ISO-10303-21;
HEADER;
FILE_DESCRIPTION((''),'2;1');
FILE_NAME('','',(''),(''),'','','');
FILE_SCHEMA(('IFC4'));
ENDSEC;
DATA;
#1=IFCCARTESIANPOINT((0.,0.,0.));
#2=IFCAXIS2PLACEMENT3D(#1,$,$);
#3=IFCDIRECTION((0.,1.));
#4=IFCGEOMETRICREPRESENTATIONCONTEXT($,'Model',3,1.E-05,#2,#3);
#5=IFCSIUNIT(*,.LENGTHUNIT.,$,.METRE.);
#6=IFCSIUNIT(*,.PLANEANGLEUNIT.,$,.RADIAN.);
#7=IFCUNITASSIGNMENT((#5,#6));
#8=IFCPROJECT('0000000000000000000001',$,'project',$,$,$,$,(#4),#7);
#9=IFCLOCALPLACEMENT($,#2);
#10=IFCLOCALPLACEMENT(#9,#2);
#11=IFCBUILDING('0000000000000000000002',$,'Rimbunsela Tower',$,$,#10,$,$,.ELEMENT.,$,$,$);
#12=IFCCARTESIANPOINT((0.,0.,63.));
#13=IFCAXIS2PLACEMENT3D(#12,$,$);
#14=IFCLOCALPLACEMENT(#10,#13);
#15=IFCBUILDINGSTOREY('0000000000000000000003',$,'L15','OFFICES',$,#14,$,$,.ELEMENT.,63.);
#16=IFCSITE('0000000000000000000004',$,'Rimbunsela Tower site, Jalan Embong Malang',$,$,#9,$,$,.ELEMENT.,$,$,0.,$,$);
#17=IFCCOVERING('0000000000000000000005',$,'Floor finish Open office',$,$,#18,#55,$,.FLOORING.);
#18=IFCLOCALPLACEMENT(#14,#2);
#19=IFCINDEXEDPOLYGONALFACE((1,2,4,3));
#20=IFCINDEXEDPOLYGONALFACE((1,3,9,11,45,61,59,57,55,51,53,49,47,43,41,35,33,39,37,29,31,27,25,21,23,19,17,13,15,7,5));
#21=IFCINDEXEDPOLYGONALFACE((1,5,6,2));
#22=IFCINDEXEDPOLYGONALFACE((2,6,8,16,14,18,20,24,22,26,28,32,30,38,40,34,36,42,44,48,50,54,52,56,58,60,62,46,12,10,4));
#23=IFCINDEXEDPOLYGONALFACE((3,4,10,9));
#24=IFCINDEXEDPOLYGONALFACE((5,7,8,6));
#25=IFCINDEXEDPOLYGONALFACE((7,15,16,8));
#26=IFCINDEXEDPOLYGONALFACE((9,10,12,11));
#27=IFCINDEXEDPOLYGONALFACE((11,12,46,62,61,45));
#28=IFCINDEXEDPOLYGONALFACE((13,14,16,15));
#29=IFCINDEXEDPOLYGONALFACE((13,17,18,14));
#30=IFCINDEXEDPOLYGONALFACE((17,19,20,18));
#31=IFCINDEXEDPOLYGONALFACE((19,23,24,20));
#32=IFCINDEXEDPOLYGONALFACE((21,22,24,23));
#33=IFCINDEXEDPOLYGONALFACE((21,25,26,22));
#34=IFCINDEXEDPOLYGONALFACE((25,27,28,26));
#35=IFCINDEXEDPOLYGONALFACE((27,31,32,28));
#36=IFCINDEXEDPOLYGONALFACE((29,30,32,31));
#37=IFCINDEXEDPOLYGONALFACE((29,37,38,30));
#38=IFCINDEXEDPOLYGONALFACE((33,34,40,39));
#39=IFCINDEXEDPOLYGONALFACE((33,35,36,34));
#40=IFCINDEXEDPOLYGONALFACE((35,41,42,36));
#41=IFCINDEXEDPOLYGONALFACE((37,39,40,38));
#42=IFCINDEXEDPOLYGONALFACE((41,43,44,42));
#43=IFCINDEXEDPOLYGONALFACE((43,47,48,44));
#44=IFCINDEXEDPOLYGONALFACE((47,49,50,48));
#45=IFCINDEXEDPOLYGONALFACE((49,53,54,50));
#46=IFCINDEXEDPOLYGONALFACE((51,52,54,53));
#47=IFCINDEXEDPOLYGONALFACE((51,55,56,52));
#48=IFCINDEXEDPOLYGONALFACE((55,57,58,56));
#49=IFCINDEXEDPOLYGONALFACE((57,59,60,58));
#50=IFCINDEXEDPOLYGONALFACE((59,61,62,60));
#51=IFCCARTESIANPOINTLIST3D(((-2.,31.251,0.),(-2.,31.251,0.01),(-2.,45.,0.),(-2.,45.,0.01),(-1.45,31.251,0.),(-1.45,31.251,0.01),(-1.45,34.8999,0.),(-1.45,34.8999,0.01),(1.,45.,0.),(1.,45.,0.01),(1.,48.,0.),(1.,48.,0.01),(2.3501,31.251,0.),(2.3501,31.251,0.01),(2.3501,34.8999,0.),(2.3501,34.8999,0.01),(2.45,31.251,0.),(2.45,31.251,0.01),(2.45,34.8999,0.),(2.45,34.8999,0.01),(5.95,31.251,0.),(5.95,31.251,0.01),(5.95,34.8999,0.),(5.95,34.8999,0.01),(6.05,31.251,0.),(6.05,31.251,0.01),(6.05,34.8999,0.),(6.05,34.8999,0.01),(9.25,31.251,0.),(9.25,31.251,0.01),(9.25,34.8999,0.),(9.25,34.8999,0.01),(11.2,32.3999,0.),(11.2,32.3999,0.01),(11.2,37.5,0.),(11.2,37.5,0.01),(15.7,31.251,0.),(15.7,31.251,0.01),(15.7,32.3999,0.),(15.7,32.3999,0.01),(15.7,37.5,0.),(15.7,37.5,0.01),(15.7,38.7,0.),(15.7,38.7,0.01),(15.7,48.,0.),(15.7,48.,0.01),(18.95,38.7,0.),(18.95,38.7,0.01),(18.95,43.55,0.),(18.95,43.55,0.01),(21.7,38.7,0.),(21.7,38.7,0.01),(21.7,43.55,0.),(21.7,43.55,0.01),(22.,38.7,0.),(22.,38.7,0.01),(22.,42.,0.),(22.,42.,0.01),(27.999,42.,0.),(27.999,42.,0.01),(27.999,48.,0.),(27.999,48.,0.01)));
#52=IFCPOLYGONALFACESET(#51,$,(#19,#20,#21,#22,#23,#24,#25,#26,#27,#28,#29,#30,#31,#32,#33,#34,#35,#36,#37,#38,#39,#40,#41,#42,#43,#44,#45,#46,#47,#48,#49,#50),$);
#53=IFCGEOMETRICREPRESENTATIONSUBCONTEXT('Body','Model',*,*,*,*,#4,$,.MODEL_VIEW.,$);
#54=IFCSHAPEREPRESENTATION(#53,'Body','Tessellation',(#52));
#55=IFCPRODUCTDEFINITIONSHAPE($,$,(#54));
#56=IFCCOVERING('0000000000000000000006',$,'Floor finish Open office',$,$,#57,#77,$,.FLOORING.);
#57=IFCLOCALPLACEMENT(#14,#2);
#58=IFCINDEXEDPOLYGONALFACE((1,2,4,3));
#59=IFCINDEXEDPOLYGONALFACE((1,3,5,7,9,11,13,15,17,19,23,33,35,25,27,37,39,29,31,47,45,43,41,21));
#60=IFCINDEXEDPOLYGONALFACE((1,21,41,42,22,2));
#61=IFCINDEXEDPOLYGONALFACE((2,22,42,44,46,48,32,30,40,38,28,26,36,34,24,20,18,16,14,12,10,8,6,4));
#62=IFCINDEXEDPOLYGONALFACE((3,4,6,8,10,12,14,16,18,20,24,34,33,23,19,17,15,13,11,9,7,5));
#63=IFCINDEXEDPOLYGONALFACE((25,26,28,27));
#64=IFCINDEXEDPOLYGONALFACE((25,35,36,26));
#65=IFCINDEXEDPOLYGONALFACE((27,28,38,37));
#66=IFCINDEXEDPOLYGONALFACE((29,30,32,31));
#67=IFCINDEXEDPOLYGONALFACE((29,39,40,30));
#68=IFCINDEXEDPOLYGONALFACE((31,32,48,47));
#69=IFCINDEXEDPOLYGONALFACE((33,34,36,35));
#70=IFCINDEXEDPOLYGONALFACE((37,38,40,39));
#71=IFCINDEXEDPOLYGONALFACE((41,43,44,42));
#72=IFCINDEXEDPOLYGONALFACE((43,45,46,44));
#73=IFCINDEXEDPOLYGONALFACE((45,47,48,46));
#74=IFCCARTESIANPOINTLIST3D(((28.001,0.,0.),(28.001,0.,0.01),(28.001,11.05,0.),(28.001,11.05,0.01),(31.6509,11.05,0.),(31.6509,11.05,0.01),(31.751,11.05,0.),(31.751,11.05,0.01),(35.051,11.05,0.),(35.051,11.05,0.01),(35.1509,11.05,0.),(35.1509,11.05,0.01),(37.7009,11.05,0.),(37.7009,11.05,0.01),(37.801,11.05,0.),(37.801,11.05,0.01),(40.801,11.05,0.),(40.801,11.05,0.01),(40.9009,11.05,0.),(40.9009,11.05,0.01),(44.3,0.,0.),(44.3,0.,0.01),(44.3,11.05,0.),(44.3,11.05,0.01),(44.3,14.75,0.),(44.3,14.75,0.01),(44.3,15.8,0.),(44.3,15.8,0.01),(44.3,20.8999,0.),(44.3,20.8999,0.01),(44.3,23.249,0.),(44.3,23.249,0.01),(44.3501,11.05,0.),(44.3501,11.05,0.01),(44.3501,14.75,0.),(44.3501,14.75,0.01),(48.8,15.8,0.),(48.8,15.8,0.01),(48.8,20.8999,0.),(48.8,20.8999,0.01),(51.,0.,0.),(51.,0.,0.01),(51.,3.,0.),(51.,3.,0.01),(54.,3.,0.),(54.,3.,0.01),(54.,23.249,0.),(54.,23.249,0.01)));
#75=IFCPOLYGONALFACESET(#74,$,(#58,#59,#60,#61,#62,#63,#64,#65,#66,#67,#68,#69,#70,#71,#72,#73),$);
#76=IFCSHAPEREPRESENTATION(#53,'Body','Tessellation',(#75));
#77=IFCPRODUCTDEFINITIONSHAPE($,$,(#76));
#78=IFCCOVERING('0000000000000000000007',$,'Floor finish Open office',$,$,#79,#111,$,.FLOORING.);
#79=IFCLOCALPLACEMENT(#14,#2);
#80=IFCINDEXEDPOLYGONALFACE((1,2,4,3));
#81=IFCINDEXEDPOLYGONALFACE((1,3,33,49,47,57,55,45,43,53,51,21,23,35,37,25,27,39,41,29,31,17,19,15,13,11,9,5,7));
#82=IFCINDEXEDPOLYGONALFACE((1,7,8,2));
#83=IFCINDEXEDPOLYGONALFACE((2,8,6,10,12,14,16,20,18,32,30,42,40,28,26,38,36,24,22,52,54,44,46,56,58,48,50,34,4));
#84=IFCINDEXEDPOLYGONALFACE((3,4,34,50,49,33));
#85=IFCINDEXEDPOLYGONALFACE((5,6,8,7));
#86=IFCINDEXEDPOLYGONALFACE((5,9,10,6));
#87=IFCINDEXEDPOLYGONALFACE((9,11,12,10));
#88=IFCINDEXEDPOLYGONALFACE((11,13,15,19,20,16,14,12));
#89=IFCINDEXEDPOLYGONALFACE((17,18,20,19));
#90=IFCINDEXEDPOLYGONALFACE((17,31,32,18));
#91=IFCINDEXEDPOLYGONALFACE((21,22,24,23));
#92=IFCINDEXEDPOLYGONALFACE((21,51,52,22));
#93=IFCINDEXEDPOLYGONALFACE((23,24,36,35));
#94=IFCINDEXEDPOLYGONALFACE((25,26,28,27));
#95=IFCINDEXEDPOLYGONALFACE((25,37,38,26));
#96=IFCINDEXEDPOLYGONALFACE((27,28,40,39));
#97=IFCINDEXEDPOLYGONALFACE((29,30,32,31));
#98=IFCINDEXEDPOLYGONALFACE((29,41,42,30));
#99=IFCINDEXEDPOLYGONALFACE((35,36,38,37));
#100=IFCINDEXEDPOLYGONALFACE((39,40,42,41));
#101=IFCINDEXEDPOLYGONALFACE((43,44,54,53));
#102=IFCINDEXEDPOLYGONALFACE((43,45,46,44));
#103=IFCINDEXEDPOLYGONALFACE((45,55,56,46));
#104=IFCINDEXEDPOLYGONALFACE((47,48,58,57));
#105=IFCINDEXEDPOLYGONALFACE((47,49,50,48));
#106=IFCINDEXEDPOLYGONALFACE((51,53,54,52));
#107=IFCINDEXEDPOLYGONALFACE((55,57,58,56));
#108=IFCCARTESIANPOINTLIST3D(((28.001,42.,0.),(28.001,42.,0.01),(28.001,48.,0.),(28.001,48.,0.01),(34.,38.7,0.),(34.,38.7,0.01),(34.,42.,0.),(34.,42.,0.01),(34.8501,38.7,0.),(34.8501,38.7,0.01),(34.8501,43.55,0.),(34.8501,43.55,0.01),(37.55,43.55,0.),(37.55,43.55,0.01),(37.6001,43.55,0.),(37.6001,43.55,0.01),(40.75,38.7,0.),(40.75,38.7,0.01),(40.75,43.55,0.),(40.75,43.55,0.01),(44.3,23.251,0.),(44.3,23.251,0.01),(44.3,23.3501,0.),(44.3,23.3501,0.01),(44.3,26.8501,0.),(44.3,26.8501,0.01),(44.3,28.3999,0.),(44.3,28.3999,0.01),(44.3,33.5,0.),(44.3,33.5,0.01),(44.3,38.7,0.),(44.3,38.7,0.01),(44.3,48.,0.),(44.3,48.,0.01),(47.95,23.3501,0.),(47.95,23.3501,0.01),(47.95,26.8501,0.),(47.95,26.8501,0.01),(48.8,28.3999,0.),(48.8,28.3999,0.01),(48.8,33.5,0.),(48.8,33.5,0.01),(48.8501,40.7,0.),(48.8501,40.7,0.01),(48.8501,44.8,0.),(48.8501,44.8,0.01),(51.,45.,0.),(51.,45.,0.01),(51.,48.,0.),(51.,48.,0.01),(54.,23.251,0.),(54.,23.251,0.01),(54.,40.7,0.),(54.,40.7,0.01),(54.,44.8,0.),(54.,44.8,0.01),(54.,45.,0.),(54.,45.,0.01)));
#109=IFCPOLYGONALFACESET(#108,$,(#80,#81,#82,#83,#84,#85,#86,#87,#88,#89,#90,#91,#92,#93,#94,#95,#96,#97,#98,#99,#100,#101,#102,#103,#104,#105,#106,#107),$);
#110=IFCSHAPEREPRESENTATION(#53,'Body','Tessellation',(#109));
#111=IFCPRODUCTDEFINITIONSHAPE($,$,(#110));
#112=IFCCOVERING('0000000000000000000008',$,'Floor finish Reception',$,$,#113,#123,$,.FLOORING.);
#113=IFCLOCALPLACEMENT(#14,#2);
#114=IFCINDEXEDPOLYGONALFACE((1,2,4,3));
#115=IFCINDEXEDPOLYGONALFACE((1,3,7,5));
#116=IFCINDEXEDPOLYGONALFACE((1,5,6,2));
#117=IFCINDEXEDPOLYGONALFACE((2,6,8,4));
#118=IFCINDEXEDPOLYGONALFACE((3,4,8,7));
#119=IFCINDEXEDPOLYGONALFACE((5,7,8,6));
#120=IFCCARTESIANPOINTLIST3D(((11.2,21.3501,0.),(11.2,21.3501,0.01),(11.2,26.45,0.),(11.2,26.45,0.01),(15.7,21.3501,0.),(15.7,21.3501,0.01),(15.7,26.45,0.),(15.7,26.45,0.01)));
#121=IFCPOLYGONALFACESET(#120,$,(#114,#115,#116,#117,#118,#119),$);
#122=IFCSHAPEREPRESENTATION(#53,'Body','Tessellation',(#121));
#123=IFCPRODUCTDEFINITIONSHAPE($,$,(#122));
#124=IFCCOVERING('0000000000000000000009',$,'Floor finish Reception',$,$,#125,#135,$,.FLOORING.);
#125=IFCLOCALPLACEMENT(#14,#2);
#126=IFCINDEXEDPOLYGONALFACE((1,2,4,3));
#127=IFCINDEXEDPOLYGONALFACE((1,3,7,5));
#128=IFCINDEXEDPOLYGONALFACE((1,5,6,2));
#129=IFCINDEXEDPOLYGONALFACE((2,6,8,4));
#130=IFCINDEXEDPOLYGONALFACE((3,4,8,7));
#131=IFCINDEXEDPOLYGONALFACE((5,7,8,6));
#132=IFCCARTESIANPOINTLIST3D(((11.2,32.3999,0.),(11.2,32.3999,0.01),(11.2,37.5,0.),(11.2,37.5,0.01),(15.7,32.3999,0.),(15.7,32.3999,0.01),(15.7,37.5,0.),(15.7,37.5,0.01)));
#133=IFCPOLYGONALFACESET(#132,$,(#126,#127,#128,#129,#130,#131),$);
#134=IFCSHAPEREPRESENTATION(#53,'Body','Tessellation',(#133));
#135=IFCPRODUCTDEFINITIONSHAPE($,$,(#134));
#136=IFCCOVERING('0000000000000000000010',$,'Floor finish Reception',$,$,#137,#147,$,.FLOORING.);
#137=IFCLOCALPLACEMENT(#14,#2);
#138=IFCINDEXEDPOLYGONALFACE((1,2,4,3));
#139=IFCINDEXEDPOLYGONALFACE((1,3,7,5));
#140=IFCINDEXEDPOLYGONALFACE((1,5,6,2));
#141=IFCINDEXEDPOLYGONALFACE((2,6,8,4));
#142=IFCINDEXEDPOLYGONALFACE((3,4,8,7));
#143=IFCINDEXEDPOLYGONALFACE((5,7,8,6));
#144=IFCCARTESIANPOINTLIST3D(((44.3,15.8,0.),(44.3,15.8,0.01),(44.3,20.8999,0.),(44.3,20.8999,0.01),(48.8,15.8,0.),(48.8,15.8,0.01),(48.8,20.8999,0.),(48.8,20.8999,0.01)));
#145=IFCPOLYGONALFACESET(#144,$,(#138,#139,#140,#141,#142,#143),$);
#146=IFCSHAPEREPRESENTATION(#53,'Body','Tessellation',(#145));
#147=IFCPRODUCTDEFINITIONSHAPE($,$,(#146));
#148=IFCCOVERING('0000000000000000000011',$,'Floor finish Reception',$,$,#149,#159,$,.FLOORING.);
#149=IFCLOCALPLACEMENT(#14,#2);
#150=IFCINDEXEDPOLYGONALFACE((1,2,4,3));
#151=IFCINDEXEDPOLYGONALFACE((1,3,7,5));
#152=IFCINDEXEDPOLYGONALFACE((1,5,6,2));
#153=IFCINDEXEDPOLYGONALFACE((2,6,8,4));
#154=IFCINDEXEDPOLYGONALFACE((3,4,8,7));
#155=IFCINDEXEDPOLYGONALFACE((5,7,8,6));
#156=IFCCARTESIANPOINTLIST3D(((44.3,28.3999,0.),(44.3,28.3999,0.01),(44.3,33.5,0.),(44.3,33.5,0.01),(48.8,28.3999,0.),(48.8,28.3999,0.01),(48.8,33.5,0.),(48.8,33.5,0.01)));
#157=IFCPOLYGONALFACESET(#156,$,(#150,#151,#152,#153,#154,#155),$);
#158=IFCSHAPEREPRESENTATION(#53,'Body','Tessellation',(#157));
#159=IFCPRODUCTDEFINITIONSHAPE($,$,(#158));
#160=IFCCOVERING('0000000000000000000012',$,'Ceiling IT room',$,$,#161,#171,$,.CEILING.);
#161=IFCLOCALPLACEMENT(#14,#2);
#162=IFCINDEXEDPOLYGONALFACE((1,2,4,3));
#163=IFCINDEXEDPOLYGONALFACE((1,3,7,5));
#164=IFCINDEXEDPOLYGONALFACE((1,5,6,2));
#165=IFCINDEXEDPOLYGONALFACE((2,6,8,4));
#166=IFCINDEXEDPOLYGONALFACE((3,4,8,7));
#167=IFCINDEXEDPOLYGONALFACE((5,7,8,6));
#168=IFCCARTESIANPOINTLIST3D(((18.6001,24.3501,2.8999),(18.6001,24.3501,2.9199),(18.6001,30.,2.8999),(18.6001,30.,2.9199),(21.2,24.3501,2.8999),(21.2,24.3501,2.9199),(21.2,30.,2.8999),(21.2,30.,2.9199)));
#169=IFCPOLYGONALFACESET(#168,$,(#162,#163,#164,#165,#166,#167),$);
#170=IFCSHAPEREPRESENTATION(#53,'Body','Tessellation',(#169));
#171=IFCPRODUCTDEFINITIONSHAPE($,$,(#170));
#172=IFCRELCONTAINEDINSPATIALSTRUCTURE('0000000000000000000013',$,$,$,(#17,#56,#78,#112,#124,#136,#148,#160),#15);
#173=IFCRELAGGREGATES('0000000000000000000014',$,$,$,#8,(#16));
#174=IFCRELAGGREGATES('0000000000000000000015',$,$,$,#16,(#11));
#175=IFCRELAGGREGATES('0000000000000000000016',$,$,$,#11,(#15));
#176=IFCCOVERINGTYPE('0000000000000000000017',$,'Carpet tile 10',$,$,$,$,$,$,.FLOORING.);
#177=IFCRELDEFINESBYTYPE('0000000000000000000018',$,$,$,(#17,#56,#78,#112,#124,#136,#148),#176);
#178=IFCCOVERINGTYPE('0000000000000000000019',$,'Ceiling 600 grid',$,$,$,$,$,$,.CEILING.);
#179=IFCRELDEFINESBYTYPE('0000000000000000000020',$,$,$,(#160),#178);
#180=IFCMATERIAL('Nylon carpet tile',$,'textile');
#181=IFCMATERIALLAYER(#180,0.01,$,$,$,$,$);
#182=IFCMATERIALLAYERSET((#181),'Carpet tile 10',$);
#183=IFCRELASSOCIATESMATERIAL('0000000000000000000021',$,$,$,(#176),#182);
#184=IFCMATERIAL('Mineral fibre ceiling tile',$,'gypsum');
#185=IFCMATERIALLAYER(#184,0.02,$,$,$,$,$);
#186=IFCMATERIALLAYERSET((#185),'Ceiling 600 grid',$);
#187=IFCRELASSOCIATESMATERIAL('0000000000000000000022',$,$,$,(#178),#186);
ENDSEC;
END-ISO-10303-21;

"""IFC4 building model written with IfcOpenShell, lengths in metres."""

from ifc_helpers import new_model, si_unit, direction, frame, origin, place, context, subcontext, project, spatial, polyline, outline, extrude, material, layer, layer_set, type_object, element, save


model = new_model("IFC4")

# Units and contexts
model_context = context("Model", 3, precision=1e-05, world=origin(), true_north=direction((0.0, 1.0)))
body_context = subcontext(model_context, "Body", "Model", "MODEL_VIEW")
ifc_project = project(units=[si_unit("LENGTHUNIT", "METRE"), si_unit("PLANEANGLEUNIT", "RADIAN")], contexts=[model_context])

# Site, building, storey
site_placement = place(None, origin())
site = spatial("IfcSite", under=ifc_project, at=site_placement, Name="Rimbunsela Tower site, Jalan Embong Malang", CompositionType="ELEMENT", RefElevation=0.0)
building_placement = place(site_placement, origin())
building = spatial("IfcBuilding", under=site, at=building_placement, Name="Rimbunsela Tower", CompositionType="ELEMENT")
storey_placement = place(building_placement, frame((0.0, 0.0, 63.0)))
storey = spatial("IfcBuildingStorey", under=building, at=storey_placement, Name="L15", Description="OFFICES", CompositionType="ELEMENT", Elevation=63.0)

# Coverings
ifc_material_1 = material(Name="Nylon carpet tile", Category="textile")
ifc_layer_1 = layer(ifc_material_1, 0.01)
ifc_layer_set_1 = layer_set([ifc_layer_1], Name="Carpet tile 10")
covering_type_1 = type_object("IfcCoveringType", Name="Carpet tile 10", PredefinedType="FLOORING", material=ifc_layer_set_1)
covering_1_placement = place(storey_placement, origin())
element("IfcCovering", 1, at=covering_1_placement, inside=storey, type_object=covering_type_1, Name="Floor finish Open office", PredefinedType="FLOORING", context=body_context, shape_type="SweptSolid", body=[
    extrude(outline(polyline([(11.2, 37.5), (11.2, 32.3999), (15.7, 32.3999), (15.7, 31.251), (9.25, 31.251), (9.25, 34.8999), (6.05, 34.8999), (6.05, 31.251), (5.95, 31.251), (5.95, 34.8999), (2.45, 34.8999), (2.45, 31.251), (2.3501, 31.251), (2.3501, 34.8999), (-1.45, 34.8999), (-1.45, 31.251), (-2.0, 31.251), (-2.0, 45.0), (1.0, 45.0), (1.0, 48.0), (15.7, 48.0), (27.999, 48.0), (27.999, 42.0), (22.0, 42.0), (22.0, 38.7), (21.7, 38.7), (21.7, 43.55), (18.95, 43.55), (18.95, 38.7), (15.7, 38.7), (15.7, 37.5), (11.2, 37.5)])), origin(), (0.0, 0.0, 1.0), 0.01),
])
covering_2_placement = place(storey_placement, origin())
element("IfcCovering", 2, at=covering_2_placement, inside=storey, type_object=covering_type_1, Name="Floor finish Open office", PredefinedType="FLOORING", context=body_context, shape_type="SweptSolid", body=[
    extrude(outline(polyline([(28.001, 11.05), (31.6509, 11.05), (31.751, 11.05), (35.051, 11.05), (35.1509, 11.05), (37.7009, 11.05), (37.801, 11.05), (40.801, 11.05), (40.9009, 11.05), (44.3, 11.05), (44.3501, 11.05), (44.3501, 14.75), (44.3, 14.75), (44.3, 15.8), (48.8, 15.8), (48.8, 20.8999), (44.3, 20.8999), (44.3, 23.249), (54.0, 23.249), (54.0, 3.0), (51.0, 3.0), (51.0, 0.0), (44.3, 0.0), (28.001, 0.0), (28.001, 11.05)])), origin(), (0.0, 0.0, 1.0), 0.01),
])
covering_3_placement = place(storey_placement, origin())
element("IfcCovering", 3, at=covering_3_placement, inside=storey, type_object=covering_type_1, Name="Floor finish Open office", PredefinedType="FLOORING", context=body_context, shape_type="SweptSolid", body=[
    extrude(outline(polyline([(48.8501, 44.8), (48.8501, 40.7), (54.0, 40.7), (54.0, 23.251), (44.3, 23.251), (44.3, 23.3501), (47.95, 23.3501), (47.95, 26.8501), (44.3, 26.8501), (44.3, 28.3999), (48.8, 28.3999), (48.8, 33.5), (44.3, 33.5), (44.3, 38.7), (40.75, 38.7), (40.75, 43.55), (37.6001, 43.55), (37.55, 43.55), (34.8501, 43.55), (34.8501, 38.7), (34.0, 38.7), (34.0, 42.0), (28.001, 42.0), (28.001, 48.0), (44.3, 48.0), (51.0, 48.0), (51.0, 45.0), (54.0, 45.0), (54.0, 44.8), (48.8501, 44.8)])), origin(), (0.0, 0.0, 1.0), 0.01),
])
covering_4_placement = place(storey_placement, origin())
element("IfcCovering", 4, at=covering_4_placement, inside=storey, type_object=covering_type_1, Name="Floor finish Reception", PredefinedType="FLOORING", context=body_context, shape_type="SweptSolid", body=[
    extrude(outline(polyline([(15.7, 21.3501), (15.7, 26.45), (11.2, 26.45), (11.2, 21.3501), (15.7, 21.3501)])), origin(), (0.0, 0.0, 1.0), 0.01),
])
covering_5_placement = place(storey_placement, origin())
element("IfcCovering", 5, at=covering_5_placement, inside=storey, type_object=covering_type_1, Name="Floor finish Reception", PredefinedType="FLOORING", context=body_context, shape_type="SweptSolid", body=[
    extrude(outline(polyline([(15.7, 32.3999), (15.7, 37.5), (11.2, 37.5), (11.2, 32.3999), (15.7, 32.3999)])), origin(), (0.0, 0.0, 1.0), 0.01),
])
covering_6_placement = place(storey_placement, origin())
element("IfcCovering", 6, at=covering_6_placement, inside=storey, type_object=covering_type_1, Name="Floor finish Reception", PredefinedType="FLOORING", context=body_context, shape_type="SweptSolid", body=[
    extrude(outline(polyline([(48.8, 15.8), (48.8, 20.8999), (44.3, 20.8999), (44.3, 15.8), (48.8, 15.8)])), origin(), (0.0, 0.0, 1.0), 0.01),
])
covering_7_placement = place(storey_placement, origin())
element("IfcCovering", 7, at=covering_7_placement, inside=storey, type_object=covering_type_1, Name="Floor finish Reception", PredefinedType="FLOORING", context=body_context, shape_type="SweptSolid", body=[
    extrude(outline(polyline([(48.8, 28.3999), (48.8, 33.5), (44.3, 33.5), (44.3, 28.3999), (48.8, 28.3999)])), origin(), (0.0, 0.0, 1.0), 0.01),
])
ifc_material_2 = material(Name="Mineral fibre ceiling tile", Category="gypsum")
ifc_layer_2 = layer(ifc_material_2, 0.02)
ifc_layer_set_2 = layer_set([ifc_layer_2], Name="Ceiling 600 grid")
covering_type_2 = type_object("IfcCoveringType", Name="Ceiling 600 grid", PredefinedType="CEILING", material=ifc_layer_set_2)
covering_8_placement = place(storey_placement, frame((0.0, 0.0, 2.8999)))
element("IfcCovering", 8, at=covering_8_placement, inside=storey, type_object=covering_type_2, Name="Ceiling IT room", PredefinedType="CEILING", context=body_context, shape_type="SweptSolid", body=[
    extrude(outline(polyline([(21.2, 24.3501), (21.2, 30.0), (18.6001, 30.0), (18.6001, 24.3501), (21.2, 24.3501)])), origin(), (0.0, 0.0, 1.0), 0.02),
])

save(model, "model.ifc")
